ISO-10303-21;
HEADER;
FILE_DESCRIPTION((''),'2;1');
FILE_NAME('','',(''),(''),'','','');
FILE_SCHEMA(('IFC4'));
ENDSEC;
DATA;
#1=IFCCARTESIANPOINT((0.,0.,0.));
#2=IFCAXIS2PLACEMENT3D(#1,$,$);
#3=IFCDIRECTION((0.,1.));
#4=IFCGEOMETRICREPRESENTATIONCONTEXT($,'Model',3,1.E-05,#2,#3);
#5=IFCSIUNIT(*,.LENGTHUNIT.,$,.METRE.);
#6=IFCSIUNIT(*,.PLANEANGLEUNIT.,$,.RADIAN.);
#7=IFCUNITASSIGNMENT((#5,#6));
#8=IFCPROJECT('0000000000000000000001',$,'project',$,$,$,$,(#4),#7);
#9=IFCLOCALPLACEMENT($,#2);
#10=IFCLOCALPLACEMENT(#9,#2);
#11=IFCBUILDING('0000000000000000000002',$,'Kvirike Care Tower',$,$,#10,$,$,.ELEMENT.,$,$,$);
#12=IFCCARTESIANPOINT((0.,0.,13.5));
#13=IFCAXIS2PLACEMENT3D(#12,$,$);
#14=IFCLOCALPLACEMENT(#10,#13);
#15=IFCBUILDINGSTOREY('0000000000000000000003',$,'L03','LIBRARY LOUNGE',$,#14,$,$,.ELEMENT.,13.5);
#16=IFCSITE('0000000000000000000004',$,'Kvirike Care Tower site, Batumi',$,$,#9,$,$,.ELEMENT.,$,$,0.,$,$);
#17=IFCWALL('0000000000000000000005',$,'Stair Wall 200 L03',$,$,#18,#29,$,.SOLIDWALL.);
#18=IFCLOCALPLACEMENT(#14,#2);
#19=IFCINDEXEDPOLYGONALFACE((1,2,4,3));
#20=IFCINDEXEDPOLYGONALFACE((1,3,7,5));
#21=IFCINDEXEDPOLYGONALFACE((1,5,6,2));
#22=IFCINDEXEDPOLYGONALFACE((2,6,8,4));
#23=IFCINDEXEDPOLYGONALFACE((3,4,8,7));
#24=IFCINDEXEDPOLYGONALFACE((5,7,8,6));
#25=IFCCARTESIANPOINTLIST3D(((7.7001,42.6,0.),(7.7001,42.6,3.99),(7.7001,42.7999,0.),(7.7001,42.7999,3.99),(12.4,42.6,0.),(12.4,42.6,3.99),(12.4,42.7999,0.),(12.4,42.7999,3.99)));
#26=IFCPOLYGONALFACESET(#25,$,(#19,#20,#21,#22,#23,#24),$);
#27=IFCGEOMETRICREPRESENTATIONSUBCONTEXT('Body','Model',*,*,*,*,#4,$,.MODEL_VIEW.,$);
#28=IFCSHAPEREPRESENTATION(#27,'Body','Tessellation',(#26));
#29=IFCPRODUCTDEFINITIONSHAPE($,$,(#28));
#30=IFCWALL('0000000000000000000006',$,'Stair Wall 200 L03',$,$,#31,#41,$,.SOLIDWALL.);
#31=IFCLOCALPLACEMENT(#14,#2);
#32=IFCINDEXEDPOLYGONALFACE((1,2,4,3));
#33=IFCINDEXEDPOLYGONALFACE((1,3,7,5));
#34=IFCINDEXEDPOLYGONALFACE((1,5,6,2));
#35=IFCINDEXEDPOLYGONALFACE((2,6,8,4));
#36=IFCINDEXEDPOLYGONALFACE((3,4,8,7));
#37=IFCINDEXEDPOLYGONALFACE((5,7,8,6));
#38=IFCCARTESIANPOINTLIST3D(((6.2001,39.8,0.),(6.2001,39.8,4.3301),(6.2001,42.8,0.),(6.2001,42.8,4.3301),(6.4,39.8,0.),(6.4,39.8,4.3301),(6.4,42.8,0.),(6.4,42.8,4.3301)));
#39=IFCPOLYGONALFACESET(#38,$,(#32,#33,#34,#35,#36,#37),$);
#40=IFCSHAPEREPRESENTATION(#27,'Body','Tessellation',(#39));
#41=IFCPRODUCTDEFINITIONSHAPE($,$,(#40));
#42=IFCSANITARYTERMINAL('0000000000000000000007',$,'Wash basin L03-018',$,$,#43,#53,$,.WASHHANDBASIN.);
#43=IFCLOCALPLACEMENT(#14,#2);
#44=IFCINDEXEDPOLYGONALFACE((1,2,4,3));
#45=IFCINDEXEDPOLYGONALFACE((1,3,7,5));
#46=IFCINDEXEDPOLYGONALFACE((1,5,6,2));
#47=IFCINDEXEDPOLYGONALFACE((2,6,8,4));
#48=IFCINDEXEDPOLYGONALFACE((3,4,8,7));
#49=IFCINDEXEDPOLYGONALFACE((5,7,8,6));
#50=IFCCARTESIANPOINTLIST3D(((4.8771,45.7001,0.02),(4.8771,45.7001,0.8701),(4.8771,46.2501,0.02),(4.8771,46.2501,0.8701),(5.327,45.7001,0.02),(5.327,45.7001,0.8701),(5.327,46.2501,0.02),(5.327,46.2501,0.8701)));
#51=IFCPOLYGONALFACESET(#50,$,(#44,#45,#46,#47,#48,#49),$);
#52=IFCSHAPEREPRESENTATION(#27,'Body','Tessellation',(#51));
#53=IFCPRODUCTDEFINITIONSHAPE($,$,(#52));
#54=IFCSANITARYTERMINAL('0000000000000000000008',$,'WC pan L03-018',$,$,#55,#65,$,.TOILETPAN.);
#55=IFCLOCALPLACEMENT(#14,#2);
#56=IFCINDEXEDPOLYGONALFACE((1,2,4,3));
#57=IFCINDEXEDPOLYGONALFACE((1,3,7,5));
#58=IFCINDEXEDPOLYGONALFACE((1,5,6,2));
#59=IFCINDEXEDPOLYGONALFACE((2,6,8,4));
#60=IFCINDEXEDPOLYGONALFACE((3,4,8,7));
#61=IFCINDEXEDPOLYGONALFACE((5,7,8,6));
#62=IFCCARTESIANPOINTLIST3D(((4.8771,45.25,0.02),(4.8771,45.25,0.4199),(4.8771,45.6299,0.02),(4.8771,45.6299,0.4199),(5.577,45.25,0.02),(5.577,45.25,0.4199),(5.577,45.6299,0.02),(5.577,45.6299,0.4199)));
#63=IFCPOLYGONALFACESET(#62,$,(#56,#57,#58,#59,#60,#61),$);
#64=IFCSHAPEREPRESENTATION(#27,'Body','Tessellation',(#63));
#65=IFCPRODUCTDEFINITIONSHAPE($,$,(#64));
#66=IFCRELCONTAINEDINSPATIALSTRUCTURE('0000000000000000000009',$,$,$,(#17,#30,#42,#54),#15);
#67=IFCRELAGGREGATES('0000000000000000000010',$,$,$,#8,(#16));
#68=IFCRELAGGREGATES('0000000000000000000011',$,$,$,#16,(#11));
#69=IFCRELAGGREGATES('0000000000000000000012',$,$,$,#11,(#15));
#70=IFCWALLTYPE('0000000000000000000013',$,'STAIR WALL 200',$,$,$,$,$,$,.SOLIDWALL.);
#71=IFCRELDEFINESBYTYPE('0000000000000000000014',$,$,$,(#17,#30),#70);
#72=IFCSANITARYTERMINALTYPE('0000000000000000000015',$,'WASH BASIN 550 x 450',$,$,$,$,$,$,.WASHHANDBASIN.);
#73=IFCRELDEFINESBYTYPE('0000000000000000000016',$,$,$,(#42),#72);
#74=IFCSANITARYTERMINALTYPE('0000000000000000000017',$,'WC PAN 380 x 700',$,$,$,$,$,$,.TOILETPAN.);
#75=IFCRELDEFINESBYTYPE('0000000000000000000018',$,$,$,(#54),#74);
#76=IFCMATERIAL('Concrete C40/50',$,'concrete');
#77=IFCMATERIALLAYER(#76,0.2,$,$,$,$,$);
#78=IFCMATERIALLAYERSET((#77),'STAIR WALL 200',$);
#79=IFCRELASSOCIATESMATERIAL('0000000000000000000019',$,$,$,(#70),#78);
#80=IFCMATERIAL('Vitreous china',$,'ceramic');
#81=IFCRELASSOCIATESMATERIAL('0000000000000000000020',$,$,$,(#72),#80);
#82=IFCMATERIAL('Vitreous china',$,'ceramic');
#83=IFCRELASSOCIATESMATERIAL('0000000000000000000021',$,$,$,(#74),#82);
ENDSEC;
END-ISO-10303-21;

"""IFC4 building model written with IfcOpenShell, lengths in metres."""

from ifc_helpers import new_model, si_unit, direction, frame, frame_2d, origin, origin_2d, place, context, subcontext, project, spatial, rectangle, extrude, material, layer, layer_set, type_object, element, save


model = new_model("IFC4")

# Units and contexts
model_context = context("Model", 3, precision=1e-05, world=origin(), true_north=direction((0.0, 1.0)))
body_context = subcontext(model_context, "Body", "Model", "MODEL_VIEW")
ifc_project = project(units=[si_unit("LENGTHUNIT", "METRE"), si_unit("PLANEANGLEUNIT", "RADIAN")], contexts=[model_context])

# Site, building, storey
site_placement = place(None, origin())
site = spatial("IfcSite", under=ifc_project, at=site_placement, Name="Kvirike Care Tower site, Batumi", CompositionType="ELEMENT", RefElevation=0.0)
building_placement = place(site_placement, origin())
building = spatial("IfcBuilding", under=site, at=building_placement, Name="Kvirike Care Tower", CompositionType="ELEMENT")
storey_placement = place(building_placement, frame((0.0, 0.0, 13.5)))
storey = spatial("IfcBuildingStorey", under=building, at=storey_placement, Name="L03", Description="LIBRARY LOUNGE", CompositionType="ELEMENT", Elevation=13.5)

# Walls
ifc_material_1 = material(Name="Concrete C40/50", Category="concrete")
ifc_layer_1 = layer(ifc_material_1, 0.2)
ifc_layer_set_1 = layer_set([ifc_layer_1], Name="STAIR WALL 200")
wall_type_1 = type_object("IfcWallType", Name="STAIR WALL 200", PredefinedType="SOLIDWALL", material=ifc_layer_set_1)
wall_1_placement = place(storey_placement, frame((7.7, 42.7, 0.0), z_axis=(0.0, 0.0, 1.0), x_axis=(1.0, 0.0, 0.0)))
element("IfcWall", 1, at=wall_1_placement, inside=storey, type_object=wall_type_1, Name="Stair Wall 200 L03", PredefinedType="SOLIDWALL", context=body_context, shape_type="SweptSolid", body=[
    extrude(rectangle(XDim=4.7, YDim=0.2, at=frame_2d((2.3501, 0.0))), origin(), (0.0, 0.0, 1.0), 3.99),
])
wall_2_placement = place(storey_placement, frame((6.3, 42.8, 0.0), z_axis=(0.0, 0.0, 1.0), x_axis=(0.0, -1.0, 0.0)))
element("IfcWall", 2, at=wall_2_placement, inside=storey, type_object=wall_type_1, Name="Stair Wall 200 L03", PredefinedType="SOLIDWALL", context=body_context, shape_type="SweptSolid", body=[
    extrude(rectangle(XDim=3.0, YDim=0.2, at=frame_2d((1.5, 0.0))), origin(), (0.0, 0.0, 1.0), 4.3301),
])

# Sanitary terminals
ifc_material_2 = material(Name="Vitreous china", Category="ceramic")
sanitary_terminal_type_1 = type_object("IfcSanitaryTerminalType", Name="WASH BASIN 550 x 450", PredefinedType="WASHHANDBASIN", material=ifc_material_2)
sanitary_terminal_1_placement = place(storey_placement, frame((5.1021, 45.9751, 0.02), z_axis=(0.0, 0.0, 1.0), x_axis=(0.0, 1.0, 0.0)))
element("IfcSanitaryTerminal", 3, at=sanitary_terminal_1_placement, inside=storey, type_object=sanitary_terminal_type_1, Name="Wash basin L03-018", PredefinedType="WASHHANDBASIN", context=body_context, shape_type="SweptSolid", body=[
    extrude(rectangle(XDim=0.55, YDim=0.45, at=origin_2d()), origin(), (0.0, 0.0, 1.0), 0.8501),
])
ifc_material_3 = material(Name="Vitreous china", Category="ceramic")
sanitary_terminal_type_2 = type_object("IfcSanitaryTerminalType", Name="WC PAN 380 x 700", PredefinedType="TOILETPAN", material=ifc_material_3)
sanitary_terminal_2_placement = place(storey_placement, frame((5.2271, 45.4399, 0.02), z_axis=(0.0, 0.0, 1.0), x_axis=(0.0, 1.0, 0.0)))
element("IfcSanitaryTerminal", 4, at=sanitary_terminal_2_placement, inside=storey, type_object=sanitary_terminal_type_2, Name="WC pan L03-018", PredefinedType="TOILETPAN", context=body_context, shape_type="SweptSolid", body=[
    extrude(rectangle(XDim=0.3799, YDim=0.7, at=origin_2d()), origin(), (0.0, 0.0, 1.0), 0.3999),
])

save(model, "model.ifc")
